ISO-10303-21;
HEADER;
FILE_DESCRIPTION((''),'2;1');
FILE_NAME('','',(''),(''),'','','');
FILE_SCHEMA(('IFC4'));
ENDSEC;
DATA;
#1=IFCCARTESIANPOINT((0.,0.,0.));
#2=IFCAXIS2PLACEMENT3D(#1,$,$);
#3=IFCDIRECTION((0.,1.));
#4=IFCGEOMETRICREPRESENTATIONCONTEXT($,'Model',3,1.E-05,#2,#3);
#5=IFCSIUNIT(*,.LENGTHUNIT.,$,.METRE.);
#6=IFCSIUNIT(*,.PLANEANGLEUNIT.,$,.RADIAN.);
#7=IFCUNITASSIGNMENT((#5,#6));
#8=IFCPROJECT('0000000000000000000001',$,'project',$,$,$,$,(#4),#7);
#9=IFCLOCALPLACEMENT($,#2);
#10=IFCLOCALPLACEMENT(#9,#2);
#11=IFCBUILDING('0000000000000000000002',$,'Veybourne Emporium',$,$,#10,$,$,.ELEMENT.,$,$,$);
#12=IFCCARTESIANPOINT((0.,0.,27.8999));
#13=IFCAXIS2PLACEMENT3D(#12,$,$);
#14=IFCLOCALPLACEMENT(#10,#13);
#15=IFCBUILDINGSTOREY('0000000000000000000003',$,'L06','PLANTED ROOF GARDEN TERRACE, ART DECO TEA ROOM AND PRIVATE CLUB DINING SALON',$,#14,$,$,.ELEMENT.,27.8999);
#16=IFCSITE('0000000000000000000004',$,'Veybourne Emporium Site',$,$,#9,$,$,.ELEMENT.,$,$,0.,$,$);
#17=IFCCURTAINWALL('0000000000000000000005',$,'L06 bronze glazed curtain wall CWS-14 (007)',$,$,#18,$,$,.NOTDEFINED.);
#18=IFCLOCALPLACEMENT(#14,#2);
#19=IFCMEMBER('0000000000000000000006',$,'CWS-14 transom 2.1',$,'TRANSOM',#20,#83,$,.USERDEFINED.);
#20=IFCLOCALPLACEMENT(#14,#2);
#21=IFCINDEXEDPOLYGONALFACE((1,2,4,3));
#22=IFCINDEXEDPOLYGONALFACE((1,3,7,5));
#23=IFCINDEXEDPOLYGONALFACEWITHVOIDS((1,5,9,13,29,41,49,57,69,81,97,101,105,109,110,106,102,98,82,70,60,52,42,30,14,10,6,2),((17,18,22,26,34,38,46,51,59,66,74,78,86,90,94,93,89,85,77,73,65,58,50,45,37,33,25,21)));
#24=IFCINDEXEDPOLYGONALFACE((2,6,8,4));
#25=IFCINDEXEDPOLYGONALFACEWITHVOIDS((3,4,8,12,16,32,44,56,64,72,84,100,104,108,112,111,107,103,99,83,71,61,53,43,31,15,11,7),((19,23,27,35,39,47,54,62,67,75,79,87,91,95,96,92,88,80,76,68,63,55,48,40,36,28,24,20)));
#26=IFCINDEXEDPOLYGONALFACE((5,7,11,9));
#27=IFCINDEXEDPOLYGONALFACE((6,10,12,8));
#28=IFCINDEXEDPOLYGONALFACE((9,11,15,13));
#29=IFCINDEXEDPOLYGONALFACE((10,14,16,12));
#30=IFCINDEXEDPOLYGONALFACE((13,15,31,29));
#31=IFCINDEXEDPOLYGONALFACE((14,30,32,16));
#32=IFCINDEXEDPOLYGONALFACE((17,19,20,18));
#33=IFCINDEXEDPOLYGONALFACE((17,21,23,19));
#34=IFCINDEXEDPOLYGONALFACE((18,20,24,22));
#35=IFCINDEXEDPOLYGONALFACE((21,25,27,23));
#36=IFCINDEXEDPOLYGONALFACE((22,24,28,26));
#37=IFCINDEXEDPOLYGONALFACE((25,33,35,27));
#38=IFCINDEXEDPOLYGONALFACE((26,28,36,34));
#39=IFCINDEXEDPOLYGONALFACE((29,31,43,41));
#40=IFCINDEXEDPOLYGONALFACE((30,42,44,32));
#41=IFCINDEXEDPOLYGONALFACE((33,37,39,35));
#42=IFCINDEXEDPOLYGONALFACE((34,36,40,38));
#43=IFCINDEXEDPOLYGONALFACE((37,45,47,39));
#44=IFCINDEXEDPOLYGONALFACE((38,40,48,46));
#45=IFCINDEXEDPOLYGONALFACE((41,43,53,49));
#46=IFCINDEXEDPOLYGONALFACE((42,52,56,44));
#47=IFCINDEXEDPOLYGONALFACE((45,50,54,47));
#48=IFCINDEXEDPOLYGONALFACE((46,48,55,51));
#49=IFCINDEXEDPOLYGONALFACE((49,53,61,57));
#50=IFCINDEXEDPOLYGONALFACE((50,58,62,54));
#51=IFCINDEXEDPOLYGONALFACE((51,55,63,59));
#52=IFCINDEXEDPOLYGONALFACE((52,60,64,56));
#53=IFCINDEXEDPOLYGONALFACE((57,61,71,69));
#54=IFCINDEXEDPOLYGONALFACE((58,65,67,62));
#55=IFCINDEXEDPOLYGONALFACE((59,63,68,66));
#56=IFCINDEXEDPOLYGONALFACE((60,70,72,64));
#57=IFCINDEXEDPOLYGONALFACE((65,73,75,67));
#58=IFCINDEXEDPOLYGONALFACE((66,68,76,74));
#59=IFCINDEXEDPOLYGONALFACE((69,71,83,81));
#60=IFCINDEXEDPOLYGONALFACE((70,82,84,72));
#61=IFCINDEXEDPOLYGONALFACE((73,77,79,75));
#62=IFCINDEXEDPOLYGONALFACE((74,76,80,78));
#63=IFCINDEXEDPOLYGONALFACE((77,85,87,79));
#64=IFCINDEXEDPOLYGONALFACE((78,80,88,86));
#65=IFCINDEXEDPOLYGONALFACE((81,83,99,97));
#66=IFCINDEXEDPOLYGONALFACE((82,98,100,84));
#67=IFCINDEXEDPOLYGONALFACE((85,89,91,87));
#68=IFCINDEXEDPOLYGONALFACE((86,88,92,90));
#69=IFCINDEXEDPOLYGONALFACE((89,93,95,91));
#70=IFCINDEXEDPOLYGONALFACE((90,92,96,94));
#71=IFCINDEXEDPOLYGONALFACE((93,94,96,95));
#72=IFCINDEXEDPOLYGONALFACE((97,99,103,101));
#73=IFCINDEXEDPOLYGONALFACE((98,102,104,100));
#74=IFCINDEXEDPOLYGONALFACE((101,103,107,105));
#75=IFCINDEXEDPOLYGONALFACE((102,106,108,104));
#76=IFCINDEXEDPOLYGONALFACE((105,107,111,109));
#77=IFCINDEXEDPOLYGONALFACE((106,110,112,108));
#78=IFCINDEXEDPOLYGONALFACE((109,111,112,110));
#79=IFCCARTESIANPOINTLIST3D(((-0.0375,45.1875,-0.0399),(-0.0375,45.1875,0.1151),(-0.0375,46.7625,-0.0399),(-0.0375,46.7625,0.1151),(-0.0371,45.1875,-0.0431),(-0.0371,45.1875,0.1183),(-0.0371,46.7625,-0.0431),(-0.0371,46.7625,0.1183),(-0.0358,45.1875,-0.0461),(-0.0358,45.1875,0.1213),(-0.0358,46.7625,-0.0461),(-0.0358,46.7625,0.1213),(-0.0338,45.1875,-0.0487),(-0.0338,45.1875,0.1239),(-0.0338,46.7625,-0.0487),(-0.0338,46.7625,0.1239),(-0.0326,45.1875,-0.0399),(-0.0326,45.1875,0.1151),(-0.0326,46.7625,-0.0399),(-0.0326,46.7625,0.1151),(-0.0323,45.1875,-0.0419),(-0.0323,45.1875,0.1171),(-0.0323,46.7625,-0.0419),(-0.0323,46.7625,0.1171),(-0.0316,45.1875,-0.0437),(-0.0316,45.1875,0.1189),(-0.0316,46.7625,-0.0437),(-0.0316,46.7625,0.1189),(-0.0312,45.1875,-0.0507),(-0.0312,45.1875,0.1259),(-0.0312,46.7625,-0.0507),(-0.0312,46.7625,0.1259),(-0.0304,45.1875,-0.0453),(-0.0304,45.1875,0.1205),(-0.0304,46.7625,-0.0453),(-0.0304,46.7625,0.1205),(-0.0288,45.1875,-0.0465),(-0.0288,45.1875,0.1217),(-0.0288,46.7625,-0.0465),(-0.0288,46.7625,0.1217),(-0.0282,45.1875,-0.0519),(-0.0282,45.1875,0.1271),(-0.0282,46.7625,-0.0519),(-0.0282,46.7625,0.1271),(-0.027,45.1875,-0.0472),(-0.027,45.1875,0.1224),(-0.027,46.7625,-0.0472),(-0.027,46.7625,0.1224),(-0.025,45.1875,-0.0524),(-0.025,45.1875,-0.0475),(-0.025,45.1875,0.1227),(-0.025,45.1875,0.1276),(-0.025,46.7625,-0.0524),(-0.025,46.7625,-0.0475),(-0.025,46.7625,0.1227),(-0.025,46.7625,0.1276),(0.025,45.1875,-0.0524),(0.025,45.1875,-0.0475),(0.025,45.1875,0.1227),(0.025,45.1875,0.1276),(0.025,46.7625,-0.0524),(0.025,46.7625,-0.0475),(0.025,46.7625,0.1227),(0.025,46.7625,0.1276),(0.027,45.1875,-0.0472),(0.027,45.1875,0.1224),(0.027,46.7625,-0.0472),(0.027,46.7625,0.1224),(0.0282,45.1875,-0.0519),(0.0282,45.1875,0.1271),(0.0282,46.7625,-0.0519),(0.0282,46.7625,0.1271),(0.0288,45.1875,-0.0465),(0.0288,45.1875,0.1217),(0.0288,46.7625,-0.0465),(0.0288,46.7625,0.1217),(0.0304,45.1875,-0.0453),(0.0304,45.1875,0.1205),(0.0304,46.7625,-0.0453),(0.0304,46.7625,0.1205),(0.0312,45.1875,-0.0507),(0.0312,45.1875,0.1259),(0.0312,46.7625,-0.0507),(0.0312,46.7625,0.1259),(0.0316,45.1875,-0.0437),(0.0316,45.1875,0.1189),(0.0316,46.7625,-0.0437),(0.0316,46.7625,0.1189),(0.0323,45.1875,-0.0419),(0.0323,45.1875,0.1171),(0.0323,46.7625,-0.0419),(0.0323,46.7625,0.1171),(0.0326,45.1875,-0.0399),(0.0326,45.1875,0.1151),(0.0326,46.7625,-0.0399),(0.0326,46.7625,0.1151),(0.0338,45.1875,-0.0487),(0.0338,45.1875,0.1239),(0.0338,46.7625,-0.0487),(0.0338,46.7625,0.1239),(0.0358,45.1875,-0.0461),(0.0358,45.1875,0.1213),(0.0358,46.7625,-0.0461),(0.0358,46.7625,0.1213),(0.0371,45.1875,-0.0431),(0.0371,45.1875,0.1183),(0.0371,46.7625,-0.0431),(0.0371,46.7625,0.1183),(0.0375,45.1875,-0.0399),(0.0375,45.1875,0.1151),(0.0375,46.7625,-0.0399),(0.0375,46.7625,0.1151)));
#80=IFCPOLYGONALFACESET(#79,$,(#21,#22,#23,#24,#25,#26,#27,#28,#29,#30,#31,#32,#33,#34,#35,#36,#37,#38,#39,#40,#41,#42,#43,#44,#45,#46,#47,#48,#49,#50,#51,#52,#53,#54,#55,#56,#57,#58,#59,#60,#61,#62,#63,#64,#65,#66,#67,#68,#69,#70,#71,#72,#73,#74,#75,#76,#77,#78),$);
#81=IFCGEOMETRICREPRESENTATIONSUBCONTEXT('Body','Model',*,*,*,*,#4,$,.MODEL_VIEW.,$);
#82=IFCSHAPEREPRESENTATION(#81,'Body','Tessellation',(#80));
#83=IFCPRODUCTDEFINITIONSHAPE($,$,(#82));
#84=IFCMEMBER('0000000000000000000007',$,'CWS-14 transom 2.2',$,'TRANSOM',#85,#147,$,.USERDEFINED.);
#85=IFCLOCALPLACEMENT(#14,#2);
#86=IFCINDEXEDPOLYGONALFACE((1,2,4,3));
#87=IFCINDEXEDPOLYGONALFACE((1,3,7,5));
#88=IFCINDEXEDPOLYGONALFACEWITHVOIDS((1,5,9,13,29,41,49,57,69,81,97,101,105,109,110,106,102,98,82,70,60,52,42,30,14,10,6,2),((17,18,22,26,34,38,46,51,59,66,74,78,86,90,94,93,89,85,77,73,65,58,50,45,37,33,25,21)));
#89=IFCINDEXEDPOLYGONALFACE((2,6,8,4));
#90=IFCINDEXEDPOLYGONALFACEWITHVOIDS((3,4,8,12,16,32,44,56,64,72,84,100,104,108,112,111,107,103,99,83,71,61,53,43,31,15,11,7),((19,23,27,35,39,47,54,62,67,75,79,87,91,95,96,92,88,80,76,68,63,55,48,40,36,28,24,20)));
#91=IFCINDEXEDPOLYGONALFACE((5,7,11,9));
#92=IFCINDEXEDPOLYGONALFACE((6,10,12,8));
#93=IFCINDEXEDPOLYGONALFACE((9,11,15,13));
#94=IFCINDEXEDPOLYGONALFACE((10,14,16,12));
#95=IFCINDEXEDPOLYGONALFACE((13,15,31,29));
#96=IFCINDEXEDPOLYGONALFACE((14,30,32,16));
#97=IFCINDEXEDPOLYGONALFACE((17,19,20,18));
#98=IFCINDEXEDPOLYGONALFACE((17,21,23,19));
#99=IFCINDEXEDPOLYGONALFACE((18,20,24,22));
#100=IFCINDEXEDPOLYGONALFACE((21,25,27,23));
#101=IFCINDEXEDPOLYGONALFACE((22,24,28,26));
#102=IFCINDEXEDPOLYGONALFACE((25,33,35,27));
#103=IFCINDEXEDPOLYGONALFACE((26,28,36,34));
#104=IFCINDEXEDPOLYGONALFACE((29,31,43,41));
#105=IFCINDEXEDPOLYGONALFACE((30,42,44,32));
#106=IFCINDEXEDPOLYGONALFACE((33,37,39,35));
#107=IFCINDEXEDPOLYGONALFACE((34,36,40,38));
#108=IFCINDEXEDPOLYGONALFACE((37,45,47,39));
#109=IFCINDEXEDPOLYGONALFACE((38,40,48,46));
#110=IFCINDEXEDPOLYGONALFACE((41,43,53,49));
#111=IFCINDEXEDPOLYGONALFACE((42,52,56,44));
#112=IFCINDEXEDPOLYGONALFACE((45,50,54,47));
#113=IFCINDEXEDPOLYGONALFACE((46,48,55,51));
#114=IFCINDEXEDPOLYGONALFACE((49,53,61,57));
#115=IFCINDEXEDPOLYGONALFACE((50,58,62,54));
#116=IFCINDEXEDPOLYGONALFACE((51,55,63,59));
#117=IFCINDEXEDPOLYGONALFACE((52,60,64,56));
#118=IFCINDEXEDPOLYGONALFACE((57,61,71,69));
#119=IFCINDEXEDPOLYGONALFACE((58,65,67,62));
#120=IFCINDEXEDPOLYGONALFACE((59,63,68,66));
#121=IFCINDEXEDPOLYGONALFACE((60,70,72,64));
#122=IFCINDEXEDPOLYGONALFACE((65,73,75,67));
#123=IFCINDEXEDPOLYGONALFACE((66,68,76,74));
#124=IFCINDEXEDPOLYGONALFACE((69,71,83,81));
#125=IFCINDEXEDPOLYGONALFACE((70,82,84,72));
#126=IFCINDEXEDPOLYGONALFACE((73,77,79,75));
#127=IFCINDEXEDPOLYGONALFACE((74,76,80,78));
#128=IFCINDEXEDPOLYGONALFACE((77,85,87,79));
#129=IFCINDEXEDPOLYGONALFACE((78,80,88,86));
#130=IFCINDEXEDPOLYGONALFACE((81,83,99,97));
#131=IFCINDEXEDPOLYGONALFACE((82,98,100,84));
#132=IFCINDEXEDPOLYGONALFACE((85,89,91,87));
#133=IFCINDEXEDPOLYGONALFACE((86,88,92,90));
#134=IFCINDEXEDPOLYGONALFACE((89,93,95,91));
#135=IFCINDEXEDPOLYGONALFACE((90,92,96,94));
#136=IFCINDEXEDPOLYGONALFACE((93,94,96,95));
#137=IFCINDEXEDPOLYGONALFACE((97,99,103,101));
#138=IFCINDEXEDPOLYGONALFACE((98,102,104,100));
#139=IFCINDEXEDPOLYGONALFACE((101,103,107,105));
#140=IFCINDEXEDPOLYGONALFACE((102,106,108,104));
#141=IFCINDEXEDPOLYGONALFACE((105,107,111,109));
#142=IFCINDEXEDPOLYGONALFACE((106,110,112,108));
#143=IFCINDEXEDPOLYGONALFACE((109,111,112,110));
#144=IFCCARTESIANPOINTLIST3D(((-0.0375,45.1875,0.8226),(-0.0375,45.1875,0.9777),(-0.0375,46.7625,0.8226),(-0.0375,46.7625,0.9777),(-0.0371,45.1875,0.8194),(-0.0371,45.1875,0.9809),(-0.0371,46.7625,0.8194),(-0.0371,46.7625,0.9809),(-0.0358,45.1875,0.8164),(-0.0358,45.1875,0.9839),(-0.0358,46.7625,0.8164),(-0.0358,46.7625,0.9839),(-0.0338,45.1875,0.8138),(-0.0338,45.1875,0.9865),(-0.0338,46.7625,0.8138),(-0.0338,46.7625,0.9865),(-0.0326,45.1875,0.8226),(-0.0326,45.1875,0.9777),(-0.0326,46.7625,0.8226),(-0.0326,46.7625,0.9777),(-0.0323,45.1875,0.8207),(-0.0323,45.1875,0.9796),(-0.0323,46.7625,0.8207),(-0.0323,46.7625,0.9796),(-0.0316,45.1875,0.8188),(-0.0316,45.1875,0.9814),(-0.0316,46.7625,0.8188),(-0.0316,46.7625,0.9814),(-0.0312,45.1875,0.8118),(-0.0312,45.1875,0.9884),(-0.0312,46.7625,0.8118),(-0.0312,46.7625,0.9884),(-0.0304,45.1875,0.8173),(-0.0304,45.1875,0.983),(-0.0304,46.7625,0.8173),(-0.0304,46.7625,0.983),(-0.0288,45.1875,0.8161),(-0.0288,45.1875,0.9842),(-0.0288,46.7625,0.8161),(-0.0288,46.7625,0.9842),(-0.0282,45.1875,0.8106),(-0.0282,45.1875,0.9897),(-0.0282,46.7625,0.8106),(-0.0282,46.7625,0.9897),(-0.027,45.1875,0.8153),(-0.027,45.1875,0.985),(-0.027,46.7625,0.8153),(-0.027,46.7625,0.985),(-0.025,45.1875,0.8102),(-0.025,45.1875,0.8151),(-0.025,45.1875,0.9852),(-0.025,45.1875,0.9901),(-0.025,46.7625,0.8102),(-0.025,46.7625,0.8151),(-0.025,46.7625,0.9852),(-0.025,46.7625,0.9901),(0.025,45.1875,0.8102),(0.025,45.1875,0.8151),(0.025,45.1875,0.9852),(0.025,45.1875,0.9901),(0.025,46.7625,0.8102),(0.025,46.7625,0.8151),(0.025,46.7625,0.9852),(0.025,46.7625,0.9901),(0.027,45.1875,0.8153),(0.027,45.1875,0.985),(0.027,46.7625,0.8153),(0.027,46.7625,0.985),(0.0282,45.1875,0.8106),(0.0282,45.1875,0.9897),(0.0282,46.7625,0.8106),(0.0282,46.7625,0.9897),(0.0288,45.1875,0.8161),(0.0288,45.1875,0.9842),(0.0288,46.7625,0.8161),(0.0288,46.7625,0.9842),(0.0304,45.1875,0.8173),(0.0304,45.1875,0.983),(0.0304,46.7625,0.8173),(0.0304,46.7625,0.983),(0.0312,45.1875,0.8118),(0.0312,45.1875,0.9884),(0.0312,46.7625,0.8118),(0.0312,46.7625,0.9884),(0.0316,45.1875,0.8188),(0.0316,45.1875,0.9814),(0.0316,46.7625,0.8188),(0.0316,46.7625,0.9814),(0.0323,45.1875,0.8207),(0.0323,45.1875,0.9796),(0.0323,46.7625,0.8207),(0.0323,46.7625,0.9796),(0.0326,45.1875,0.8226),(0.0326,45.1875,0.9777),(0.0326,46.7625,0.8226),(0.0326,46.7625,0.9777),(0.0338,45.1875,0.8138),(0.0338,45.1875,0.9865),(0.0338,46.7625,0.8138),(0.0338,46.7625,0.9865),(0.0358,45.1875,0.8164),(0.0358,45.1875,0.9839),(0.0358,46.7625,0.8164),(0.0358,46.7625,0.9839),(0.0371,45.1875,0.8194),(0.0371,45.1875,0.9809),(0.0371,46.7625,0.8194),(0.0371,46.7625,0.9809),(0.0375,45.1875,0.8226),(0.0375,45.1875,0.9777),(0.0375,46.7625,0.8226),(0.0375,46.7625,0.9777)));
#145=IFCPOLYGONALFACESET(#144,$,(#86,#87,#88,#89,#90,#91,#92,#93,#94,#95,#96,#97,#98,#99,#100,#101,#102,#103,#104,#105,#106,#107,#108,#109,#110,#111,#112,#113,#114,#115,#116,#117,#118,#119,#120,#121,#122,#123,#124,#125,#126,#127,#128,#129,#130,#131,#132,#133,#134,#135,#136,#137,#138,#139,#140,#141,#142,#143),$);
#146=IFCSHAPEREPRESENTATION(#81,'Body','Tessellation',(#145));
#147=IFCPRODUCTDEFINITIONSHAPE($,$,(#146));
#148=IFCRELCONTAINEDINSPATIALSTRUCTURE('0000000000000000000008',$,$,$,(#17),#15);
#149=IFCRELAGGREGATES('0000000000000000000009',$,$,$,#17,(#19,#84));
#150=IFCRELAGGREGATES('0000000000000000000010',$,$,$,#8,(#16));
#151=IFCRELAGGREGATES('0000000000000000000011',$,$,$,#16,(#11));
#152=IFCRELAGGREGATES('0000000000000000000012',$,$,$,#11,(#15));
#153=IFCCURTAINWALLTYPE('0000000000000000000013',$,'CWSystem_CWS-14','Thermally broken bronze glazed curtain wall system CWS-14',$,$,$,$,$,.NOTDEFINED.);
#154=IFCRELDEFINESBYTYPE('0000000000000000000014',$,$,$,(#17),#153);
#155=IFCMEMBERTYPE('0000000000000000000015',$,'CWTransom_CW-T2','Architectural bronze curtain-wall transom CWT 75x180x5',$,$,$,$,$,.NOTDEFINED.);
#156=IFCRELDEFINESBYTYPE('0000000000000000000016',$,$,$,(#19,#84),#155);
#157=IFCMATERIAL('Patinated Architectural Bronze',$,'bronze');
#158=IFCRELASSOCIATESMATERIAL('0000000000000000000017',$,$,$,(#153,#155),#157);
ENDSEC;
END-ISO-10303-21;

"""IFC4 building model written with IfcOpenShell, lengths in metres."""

from ifc_helpers import new_model, si_unit, direction, frame, origin, origin_2d, place, context, subcontext, project, spatial, hollow_rectangle, extrude, material, material_profile, profile_set, type_object, element, aggregate, save


model = new_model("IFC4")

# Units and contexts
model_context = context("Model", 3, precision=1e-05, world=origin(), true_north=direction((0.0, 1.0)))
body_context = subcontext(model_context, "Body", "Model", "MODEL_VIEW")
ifc_project = project(units=[si_unit("LENGTHUNIT", "METRE"), si_unit("PLANEANGLEUNIT", "RADIAN")], contexts=[model_context])

# Site, building, storey
site_placement = place(None, origin())
site = spatial("IfcSite", under=ifc_project, at=site_placement, Name="Veybourne Emporium Site", CompositionType="ELEMENT", RefElevation=0.0)
building_placement = place(site_placement, origin())
building = spatial("IfcBuilding", under=site, at=building_placement, Name="Veybourne Emporium", CompositionType="ELEMENT")
storey_placement = place(building_placement, frame((0.0, 0.0, 27.8999)))
storey = spatial("IfcBuildingStorey", under=building, at=storey_placement, Name="L06", Description="PLANTED ROOF GARDEN TERRACE, ART DECO TEA ROOM AND PRIVATE CLUB DINING SALON", CompositionType="ELEMENT", Elevation=27.8999)

# Curtain wall, members
ifc_material_1 = material(Name="Patinated Architectural Bronze", Category="bronze")
curtain_wall_type = type_object("IfcCurtainWallType", Name="CWSystem_CWS-14", Description="Thermally broken bronze glazed curtain wall system CWS-14", PredefinedType="NOTDEFINED", material=ifc_material_1)
curtain_wall_placement = place(storey_placement, origin())
curtain_wall = element("IfcCurtainWall", 1, at=curtain_wall_placement, inside=storey, type_object=curtain_wall_type, Name="L06 bronze glazed curtain wall CWS-14 (007)", PredefinedType="NOTDEFINED")
ifc_material_profile_1 = material_profile(ifc_material_1, hollow_rectangle(XDim=0.075, YDim=0.1799, WallThickness=0.0049, InnerFilletRadius=0.0076, OuterFilletRadius=0.0125, at=origin_2d()), Name="CWT 75x180x5")
ifc_profile_set_1 = profile_set([ifc_material_profile_1], Name="Patinated Architectural Bronze")
member_type_1 = type_object("IfcMemberType", Name="CWTransom_CW-T2", Description="Architectural bronze curtain-wall transom CWT 75x180x5", PredefinedType="NOTDEFINED", material=ifc_profile_set_1)
member_1_placement = place(storey_placement, frame((0.0, 45.1875, 0.0376), z_axis=(0.0, 1.0, 0.0), x_axis=(-1.0, 0.0, 0.0)))
member_1 = element("IfcMember", 2, at=member_1_placement, type_object=member_type_1, Name="CWS-14 transom 2.1", ObjectType="TRANSOM", PredefinedType="USERDEFINED", context=body_context, shape_type="SweptSolid", body=[
    extrude(hollow_rectangle(XDim=0.075, YDim=0.1799, WallThickness=0.0049, InnerFilletRadius=0.0076, OuterFilletRadius=0.0125, at=origin_2d()), origin(), (0.0, 0.0, 1.0), 1.575),
])
member_2_placement = place(storey_placement, frame((0.0, 45.1875, 0.9001), z_axis=(0.0, 1.0, 0.0), x_axis=(-1.0, 0.0, 0.0)))
member_2 = element("IfcMember", 3, at=member_2_placement, type_object=member_type_1, Name="CWS-14 transom 2.2", ObjectType="TRANSOM", PredefinedType="USERDEFINED", context=body_context, shape_type="SweptSolid", body=[
    extrude(hollow_rectangle(XDim=0.075, YDim=0.1799, WallThickness=0.0049, InnerFilletRadius=0.0076, OuterFilletRadius=0.0125, at=origin_2d()), origin(), (0.0, 0.0, 1.0), 1.575),
])

aggregate(curtain_wall, [member_1, member_2])

save(model, "model.ifc")
